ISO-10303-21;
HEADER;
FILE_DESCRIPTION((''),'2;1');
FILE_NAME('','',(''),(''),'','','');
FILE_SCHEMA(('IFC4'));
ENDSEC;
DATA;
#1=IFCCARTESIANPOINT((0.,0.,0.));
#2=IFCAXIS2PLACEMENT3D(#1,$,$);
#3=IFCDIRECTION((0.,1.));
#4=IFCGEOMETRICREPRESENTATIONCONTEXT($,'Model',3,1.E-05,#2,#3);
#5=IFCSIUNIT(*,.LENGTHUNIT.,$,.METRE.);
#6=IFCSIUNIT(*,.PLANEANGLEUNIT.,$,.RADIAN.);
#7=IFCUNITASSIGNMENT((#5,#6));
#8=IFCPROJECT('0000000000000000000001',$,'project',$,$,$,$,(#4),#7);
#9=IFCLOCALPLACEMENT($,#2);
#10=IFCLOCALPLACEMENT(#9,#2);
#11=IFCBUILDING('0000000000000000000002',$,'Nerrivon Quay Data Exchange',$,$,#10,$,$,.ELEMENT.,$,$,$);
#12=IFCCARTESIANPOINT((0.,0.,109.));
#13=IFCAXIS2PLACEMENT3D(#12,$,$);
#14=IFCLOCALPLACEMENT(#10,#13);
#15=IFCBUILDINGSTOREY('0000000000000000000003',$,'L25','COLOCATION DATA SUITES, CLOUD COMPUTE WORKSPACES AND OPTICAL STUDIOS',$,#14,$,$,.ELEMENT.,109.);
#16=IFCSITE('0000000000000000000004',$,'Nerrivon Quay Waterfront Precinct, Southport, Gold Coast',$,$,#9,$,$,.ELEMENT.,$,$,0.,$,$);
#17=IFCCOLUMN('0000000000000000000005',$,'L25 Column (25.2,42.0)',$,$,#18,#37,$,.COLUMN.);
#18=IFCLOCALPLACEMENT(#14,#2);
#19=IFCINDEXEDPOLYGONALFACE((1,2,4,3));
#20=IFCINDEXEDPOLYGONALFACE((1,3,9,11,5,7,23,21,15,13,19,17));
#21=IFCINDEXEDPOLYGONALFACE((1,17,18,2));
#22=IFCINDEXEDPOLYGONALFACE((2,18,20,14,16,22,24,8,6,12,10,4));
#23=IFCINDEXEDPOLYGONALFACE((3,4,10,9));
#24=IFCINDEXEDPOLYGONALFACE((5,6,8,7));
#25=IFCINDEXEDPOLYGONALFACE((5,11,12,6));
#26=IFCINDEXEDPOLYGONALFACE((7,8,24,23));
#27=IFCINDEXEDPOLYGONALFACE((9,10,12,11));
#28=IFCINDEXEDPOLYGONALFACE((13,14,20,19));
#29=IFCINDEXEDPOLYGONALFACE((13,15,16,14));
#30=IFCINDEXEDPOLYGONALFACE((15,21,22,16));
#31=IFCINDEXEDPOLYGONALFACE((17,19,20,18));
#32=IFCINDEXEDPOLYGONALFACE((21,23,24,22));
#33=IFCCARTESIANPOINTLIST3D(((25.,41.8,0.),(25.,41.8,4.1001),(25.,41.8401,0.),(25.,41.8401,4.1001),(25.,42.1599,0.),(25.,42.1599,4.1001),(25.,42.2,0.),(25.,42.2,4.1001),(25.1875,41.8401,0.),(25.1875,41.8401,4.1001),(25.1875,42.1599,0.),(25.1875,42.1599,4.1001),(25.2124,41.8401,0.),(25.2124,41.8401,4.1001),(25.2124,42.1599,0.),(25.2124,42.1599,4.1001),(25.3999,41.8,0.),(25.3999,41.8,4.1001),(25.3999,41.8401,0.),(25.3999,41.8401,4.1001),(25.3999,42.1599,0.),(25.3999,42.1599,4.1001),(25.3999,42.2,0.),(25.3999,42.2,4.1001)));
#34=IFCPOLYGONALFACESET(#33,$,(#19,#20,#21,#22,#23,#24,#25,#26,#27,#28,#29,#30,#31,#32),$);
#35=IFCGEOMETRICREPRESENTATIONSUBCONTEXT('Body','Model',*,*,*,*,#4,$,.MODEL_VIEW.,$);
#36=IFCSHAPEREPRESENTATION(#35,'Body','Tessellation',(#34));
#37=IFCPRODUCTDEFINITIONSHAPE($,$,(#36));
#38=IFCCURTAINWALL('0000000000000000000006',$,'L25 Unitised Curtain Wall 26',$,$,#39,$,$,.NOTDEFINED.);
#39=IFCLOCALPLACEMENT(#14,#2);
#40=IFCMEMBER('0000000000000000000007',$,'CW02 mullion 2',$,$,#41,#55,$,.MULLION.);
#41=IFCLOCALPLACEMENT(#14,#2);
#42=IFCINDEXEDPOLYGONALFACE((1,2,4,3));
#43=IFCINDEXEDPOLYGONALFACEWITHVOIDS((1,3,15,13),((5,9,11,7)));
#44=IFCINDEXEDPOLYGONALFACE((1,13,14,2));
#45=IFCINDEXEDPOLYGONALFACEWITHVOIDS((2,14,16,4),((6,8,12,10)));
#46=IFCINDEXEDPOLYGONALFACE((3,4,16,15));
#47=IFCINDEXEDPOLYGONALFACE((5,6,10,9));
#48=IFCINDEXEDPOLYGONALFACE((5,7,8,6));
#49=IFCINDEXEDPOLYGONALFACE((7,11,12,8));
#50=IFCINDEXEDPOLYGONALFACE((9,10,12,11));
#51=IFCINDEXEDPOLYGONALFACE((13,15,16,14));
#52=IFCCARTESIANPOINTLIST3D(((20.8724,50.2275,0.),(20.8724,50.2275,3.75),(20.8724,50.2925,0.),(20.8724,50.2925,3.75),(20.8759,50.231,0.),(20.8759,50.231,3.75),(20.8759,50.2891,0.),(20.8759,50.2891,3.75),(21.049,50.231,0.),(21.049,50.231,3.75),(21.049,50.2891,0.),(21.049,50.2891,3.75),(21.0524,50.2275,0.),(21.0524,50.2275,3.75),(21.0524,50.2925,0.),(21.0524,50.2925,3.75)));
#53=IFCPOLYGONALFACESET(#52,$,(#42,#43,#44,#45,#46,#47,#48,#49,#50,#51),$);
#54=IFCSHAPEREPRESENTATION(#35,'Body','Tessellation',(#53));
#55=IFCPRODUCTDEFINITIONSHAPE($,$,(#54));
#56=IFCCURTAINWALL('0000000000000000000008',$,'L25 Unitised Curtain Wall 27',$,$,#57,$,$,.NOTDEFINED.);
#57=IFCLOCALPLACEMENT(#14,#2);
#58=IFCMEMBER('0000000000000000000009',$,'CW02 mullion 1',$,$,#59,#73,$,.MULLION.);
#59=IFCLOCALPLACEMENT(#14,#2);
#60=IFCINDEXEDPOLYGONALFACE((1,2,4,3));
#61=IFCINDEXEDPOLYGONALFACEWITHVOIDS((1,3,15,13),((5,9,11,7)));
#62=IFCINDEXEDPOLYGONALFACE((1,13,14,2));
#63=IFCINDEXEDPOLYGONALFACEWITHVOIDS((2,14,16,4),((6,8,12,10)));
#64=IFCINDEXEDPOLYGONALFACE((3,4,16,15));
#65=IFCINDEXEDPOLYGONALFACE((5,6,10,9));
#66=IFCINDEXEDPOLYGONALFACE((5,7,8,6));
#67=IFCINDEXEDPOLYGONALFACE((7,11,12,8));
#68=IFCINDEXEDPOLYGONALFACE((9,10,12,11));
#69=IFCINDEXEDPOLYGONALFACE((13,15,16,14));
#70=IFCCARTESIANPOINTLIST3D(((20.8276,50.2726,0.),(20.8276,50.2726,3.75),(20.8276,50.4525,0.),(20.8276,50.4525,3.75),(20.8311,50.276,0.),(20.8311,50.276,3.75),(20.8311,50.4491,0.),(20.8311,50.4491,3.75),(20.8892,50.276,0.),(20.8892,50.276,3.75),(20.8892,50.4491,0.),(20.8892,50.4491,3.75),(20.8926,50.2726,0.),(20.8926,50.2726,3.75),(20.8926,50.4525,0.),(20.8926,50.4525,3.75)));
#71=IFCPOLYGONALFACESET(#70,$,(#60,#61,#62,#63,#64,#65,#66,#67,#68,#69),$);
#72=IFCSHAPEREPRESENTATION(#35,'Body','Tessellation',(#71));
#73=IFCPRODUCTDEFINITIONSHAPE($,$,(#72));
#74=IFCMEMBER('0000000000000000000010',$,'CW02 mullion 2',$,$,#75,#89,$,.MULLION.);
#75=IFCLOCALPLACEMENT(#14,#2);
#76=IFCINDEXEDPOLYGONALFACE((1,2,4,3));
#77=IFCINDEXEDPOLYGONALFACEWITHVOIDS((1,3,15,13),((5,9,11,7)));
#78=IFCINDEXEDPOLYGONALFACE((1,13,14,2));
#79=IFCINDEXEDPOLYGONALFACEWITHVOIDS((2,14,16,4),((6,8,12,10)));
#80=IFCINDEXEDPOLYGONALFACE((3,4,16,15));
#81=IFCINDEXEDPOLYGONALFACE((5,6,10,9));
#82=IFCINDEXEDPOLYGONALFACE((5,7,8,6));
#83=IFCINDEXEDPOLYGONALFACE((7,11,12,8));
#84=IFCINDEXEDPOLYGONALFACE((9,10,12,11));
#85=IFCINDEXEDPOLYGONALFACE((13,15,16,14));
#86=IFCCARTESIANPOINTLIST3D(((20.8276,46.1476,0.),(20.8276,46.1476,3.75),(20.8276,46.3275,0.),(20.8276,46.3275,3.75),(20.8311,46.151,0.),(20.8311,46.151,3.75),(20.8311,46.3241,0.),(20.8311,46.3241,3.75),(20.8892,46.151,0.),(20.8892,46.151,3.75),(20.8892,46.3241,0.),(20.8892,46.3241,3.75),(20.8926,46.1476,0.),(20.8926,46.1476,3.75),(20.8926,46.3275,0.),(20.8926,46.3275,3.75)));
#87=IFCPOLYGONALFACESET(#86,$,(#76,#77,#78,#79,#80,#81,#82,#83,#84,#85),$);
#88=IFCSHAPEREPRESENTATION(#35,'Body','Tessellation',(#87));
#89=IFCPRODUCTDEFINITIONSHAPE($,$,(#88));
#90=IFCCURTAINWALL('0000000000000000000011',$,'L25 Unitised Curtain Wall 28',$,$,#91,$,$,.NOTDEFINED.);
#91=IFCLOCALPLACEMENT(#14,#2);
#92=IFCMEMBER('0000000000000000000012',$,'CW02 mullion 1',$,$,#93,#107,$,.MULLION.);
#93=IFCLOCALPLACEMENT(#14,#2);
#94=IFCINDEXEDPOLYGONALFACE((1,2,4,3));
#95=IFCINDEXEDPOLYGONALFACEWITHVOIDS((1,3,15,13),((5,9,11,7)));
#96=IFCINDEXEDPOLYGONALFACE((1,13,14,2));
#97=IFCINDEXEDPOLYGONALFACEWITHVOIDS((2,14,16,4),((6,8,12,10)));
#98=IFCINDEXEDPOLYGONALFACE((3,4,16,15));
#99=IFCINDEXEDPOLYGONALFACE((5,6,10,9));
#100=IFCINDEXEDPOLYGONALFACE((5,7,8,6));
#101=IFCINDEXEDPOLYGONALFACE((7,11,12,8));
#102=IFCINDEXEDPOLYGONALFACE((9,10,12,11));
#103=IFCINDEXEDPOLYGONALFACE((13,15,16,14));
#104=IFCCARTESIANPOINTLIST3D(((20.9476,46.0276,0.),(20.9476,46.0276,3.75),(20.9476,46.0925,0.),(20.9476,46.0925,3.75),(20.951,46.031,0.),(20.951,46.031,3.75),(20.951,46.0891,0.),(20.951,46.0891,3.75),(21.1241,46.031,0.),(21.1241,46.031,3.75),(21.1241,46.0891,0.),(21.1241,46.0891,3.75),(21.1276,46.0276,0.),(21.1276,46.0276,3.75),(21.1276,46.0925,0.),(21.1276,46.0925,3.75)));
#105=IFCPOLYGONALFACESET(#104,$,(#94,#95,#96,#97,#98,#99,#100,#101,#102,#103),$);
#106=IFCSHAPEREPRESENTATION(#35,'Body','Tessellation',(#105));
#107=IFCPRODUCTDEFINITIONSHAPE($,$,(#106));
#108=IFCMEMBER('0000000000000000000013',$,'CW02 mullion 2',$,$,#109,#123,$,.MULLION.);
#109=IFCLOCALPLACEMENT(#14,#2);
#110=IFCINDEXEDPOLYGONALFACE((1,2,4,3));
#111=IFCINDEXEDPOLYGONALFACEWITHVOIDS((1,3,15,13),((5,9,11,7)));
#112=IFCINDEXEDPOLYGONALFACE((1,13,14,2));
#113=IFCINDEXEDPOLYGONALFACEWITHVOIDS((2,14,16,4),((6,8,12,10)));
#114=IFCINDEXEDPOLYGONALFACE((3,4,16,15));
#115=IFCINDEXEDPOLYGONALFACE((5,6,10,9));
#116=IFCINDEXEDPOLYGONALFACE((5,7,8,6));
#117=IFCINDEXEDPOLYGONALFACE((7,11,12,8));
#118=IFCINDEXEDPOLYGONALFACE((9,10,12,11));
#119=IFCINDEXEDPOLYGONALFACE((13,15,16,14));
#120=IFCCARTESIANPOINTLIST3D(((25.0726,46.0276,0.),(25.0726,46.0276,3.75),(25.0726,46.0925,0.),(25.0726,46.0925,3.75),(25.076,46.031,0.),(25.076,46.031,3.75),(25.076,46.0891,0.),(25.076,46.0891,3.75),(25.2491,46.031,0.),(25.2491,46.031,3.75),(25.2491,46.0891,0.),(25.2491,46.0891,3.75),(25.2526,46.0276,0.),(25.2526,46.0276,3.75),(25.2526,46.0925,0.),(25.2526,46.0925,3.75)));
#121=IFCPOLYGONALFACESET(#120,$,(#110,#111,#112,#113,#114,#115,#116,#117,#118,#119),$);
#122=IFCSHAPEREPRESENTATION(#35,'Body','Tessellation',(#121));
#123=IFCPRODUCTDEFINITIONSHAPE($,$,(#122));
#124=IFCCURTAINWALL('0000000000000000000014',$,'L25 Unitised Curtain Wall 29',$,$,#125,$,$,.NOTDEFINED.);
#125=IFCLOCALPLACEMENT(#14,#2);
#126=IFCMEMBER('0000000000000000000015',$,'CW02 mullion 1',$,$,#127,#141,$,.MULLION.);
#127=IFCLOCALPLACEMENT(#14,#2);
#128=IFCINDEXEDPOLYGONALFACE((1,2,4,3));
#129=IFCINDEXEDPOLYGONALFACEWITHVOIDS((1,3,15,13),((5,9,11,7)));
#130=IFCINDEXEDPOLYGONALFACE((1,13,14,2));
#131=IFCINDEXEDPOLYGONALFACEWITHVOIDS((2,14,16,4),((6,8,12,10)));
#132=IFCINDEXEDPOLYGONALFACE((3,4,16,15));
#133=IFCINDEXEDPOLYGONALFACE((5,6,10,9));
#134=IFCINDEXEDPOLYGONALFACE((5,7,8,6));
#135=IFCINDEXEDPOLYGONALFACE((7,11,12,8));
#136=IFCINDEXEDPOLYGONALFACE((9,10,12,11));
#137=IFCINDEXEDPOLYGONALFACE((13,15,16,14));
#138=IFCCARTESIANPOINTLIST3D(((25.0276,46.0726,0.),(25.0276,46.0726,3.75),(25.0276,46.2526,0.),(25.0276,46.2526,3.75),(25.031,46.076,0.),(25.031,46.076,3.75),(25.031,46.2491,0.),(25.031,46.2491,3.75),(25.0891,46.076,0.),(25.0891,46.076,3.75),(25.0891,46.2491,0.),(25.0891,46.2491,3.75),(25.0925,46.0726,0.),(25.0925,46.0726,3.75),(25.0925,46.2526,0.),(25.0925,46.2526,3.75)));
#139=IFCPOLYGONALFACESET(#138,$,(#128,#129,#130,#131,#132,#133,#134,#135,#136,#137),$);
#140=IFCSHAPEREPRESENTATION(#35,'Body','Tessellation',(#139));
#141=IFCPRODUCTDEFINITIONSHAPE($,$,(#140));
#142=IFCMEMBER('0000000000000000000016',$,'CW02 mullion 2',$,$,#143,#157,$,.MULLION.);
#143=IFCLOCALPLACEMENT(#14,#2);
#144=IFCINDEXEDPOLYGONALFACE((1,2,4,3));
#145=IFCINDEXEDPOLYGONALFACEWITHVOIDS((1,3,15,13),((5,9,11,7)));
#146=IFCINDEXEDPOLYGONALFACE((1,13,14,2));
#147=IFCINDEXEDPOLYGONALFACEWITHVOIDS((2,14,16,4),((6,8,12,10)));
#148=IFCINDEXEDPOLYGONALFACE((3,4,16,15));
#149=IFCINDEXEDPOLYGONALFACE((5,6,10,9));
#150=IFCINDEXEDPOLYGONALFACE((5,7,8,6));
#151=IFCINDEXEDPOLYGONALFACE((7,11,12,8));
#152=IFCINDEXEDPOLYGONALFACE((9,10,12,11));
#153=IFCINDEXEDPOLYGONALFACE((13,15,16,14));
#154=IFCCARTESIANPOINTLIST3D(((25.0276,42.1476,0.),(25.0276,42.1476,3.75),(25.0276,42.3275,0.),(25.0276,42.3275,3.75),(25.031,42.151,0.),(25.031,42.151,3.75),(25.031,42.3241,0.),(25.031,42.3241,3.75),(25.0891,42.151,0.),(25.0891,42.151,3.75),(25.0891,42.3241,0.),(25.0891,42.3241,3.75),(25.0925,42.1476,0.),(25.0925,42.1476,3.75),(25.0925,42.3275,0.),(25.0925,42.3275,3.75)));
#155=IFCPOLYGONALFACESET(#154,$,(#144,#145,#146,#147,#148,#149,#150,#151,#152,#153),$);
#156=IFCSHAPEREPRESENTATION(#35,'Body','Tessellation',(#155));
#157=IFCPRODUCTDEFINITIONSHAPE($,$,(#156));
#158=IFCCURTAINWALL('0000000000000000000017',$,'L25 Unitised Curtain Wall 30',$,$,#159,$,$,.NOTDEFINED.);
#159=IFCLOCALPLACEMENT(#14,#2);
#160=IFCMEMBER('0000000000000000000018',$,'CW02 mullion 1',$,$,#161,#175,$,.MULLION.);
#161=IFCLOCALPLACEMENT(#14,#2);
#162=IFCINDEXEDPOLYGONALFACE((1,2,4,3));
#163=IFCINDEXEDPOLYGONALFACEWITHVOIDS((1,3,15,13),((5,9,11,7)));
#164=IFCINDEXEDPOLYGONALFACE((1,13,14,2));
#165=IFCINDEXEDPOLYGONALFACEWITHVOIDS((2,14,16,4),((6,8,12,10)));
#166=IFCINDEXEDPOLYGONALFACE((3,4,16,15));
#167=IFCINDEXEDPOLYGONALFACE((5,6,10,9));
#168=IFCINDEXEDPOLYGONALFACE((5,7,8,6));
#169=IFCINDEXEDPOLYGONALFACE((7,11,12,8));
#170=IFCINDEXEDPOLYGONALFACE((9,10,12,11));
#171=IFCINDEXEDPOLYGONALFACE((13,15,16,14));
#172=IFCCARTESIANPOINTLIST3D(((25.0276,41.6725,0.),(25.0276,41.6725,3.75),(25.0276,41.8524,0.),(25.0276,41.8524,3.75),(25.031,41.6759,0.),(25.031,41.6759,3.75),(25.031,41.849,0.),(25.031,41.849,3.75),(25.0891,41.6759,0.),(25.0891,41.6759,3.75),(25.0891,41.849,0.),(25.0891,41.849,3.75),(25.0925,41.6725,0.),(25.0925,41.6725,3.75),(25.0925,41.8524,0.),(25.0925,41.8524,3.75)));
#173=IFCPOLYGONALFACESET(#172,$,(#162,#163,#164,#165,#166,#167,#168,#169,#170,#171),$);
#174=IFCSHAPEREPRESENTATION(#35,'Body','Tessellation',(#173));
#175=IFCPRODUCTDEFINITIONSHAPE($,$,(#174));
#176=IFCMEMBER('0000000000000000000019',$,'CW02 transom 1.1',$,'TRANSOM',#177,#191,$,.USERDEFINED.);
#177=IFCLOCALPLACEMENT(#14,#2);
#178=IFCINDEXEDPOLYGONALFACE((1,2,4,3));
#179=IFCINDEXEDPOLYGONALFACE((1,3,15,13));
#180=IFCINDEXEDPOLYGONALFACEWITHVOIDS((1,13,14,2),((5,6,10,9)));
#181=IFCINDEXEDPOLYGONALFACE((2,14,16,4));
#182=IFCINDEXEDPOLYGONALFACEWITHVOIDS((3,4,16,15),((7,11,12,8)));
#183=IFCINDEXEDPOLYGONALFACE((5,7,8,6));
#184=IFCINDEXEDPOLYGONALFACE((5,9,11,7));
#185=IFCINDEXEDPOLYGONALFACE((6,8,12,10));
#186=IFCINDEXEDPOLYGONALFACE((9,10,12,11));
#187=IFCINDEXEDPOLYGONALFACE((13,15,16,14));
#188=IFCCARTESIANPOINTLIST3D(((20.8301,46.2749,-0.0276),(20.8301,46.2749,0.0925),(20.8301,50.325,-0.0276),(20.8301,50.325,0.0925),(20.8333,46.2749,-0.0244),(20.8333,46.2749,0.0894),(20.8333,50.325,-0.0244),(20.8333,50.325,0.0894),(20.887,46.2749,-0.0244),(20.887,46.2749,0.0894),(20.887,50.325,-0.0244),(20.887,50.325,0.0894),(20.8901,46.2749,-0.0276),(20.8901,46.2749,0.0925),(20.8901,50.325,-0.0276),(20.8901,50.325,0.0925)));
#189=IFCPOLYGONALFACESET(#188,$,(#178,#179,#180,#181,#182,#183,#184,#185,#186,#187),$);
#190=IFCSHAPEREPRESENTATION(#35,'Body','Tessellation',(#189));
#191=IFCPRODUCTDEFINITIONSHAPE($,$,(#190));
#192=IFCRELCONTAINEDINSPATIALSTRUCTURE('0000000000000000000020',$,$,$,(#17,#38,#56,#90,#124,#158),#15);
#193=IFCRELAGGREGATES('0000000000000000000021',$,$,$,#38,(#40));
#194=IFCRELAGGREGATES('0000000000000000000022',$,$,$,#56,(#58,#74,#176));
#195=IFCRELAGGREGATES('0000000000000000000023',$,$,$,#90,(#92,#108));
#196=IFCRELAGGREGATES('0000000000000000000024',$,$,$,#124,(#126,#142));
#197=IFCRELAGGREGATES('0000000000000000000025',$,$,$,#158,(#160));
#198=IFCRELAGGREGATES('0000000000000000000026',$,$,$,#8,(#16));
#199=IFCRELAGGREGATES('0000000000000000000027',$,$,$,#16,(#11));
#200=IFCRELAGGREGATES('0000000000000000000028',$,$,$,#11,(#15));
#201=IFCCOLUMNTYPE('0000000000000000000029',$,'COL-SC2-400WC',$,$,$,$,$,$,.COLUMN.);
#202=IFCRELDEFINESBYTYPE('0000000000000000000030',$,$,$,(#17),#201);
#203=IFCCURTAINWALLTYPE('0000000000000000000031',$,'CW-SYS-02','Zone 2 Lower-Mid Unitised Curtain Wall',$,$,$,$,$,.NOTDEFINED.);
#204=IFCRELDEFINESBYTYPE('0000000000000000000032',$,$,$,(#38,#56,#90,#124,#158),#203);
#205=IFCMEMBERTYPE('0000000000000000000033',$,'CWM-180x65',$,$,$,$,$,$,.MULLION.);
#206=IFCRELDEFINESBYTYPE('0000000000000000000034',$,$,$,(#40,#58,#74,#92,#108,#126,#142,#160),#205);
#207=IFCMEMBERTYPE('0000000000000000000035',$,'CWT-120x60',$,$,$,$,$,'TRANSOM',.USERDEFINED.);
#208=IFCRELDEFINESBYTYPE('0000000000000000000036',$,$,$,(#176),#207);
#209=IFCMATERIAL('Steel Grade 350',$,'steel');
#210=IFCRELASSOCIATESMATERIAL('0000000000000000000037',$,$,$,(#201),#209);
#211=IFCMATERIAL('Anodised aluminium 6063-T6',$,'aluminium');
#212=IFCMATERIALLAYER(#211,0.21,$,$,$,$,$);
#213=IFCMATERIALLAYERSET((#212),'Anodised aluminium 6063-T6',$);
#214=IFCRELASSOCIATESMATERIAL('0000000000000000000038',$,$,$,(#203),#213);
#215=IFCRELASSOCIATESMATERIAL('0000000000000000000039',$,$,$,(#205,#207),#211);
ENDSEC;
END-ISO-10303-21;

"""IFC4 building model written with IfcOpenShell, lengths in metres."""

from ifc_helpers import new_model, si_unit, direction, frame, origin, origin_2d, place, context, subcontext, project, spatial, hollow_rectangle, i_section, extrude, material, layer, layer_set, material_profile, profile_set, type_object, element, aggregate, save


model = new_model("IFC4")

# Units and contexts
model_context = context("Model", 3, precision=1e-05, world=origin(), true_north=direction((0.0, 1.0)))
body_context = subcontext(model_context, "Body", "Model", "MODEL_VIEW")
ifc_project = project(units=[si_unit("LENGTHUNIT", "METRE"), si_unit("PLANEANGLEUNIT", "RADIAN")], contexts=[model_context])

# Site, building, storey
site_placement = place(None, origin())
site = spatial("IfcSite", under=ifc_project, at=site_placement, Name="Nerrivon Quay Waterfront Precinct, Southport, Gold Coast", CompositionType="ELEMENT", RefElevation=0.0)
building_placement = place(site_placement, origin())
building = spatial("IfcBuilding", under=site, at=building_placement, Name="Nerrivon Quay Data Exchange", CompositionType="ELEMENT")
storey_placement = place(building_placement, frame((0.0, 0.0, 109.0)))
storey = spatial("IfcBuildingStorey", under=building, at=storey_placement, Name="L25", Description="COLOCATION DATA SUITES, CLOUD COMPUTE WORKSPACES AND OPTICAL STUDIOS", CompositionType="ELEMENT", Elevation=109.0)

# Column
ifc_material_1 = material(Name="Steel Grade 350", Category="steel")
ifc_material_profile_1 = material_profile(ifc_material_1, i_section(OverallWidth=0.3999, OverallDepth=0.3999, WebThickness=0.0249, FlangeThickness=0.04, at=origin_2d()), Name="400WC328")
ifc_profile_set_1 = profile_set([ifc_material_profile_1], Name="Steel Grade 350")
column_type = type_object("IfcColumnType", Name="COL-SC2-400WC", PredefinedType="COLUMN", material=ifc_profile_set_1)
column_placement = place(storey_placement, frame((25.2, 42.0, 0.0), z_axis=(0.0, 0.0, 1.0), x_axis=(1.0, 0.0, 0.0)))
element("IfcColumn", 1, at=column_placement, inside=storey, type_object=column_type, Name="L25 Column (25.2,42.0)", PredefinedType="COLUMN", context=body_context, shape_type="SweptSolid", body=[
    extrude(i_section(OverallWidth=0.3999, OverallDepth=0.3999, WebThickness=0.0249, FlangeThickness=0.04, at=origin_2d()), origin(), (0.0, 0.0, 1.0), 4.1001),
])

# Curtain wall, member
ifc_material_2 = material(Name="Anodised aluminium 6063-T6", Category="aluminium")
ifc_layer_1 = layer(ifc_material_2, 0.21)
ifc_layer_set_1 = layer_set([ifc_layer_1], Name="Anodised aluminium 6063-T6")
curtain_wall_type = type_object("IfcCurtainWallType", Name="CW-SYS-02", Description="Zone 2 Lower-Mid Unitised Curtain Wall", PredefinedType="NOTDEFINED", material=ifc_layer_set_1)
curtain_wall_1_placement = place(storey_placement, origin())
curtain_wall_1 = element("IfcCurtainWall", 2, at=curtain_wall_1_placement, inside=storey, type_object=curtain_wall_type, Name="L25 Unitised Curtain Wall 26", PredefinedType="NOTDEFINED")
ifc_material_profile_2 = material_profile(ifc_material_2, hollow_rectangle(XDim=0.0649, YDim=0.1799, WallThickness=0.0034, at=origin_2d()), Name="ALU-MULL-180x65")
ifc_profile_set_2 = profile_set([ifc_material_profile_2], Name="Anodised aluminium 6063-T6")
member_type_1 = type_object("IfcMemberType", Name="CWM-180x65", PredefinedType="MULLION", material=ifc_profile_set_2)
member_1_placement = place(storey_placement, frame((20.9624, 50.26, 0.0), z_axis=(0.0, 0.0, 1.0), x_axis=(0.0, 1.0, 0.0)))
member_1 = element("IfcMember", 3, at=member_1_placement, type_object=member_type_1, Name="CW02 mullion 2", PredefinedType="MULLION", context=body_context, shape_type="SweptSolid", body=[
    extrude(hollow_rectangle(XDim=0.0649, YDim=0.1799, WallThickness=0.0034, at=origin_2d()), origin(), (0.0, 0.0, 1.0), 3.75),
])

# Curtain walls, members
curtain_wall_2_placement = place(storey_placement, origin())
curtain_wall_2 = element("IfcCurtainWall", 4, at=curtain_wall_2_placement, inside=storey, type_object=curtain_wall_type, Name="L25 Unitised Curtain Wall 27", PredefinedType="NOTDEFINED")
member_2_placement = place(storey_placement, frame((20.8601, 50.3625, 0.0), z_axis=(0.0, 0.0, 1.0), x_axis=(1.0, 0.0, 0.0)))
member_2 = element("IfcMember", 5, at=member_2_placement, type_object=member_type_1, Name="CW02 mullion 1", PredefinedType="MULLION", context=body_context, shape_type="SweptSolid", body=[
    extrude(hollow_rectangle(XDim=0.0649, YDim=0.1799, WallThickness=0.0034, at=origin_2d()), origin(), (0.0, 0.0, 1.0), 3.75),
])
member_3_placement = place(storey_placement, frame((20.8601, 46.2375, 0.0), z_axis=(0.0, 0.0, 1.0), x_axis=(1.0, 0.0, 0.0)))
member_3 = element("IfcMember", 6, at=member_3_placement, type_object=member_type_1, Name="CW02 mullion 2", PredefinedType="MULLION", context=body_context, shape_type="SweptSolid", body=[
    extrude(hollow_rectangle(XDim=0.0649, YDim=0.1799, WallThickness=0.0034, at=origin_2d()), origin(), (0.0, 0.0, 1.0), 3.75),
])
curtain_wall_3_placement = place(storey_placement, origin())
curtain_wall_3 = element("IfcCurtainWall", 7, at=curtain_wall_3_placement, inside=storey, type_object=curtain_wall_type, Name="L25 Unitised Curtain Wall 28", PredefinedType="NOTDEFINED")
member_4_placement = place(storey_placement, frame((21.0376, 46.0601, 0.0), z_axis=(0.0, 0.0, 1.0), x_axis=(0.0, 1.0, 0.0)))
member_4 = element("IfcMember", 8, at=member_4_placement, type_object=member_type_1, Name="CW02 mullion 1", PredefinedType="MULLION", context=body_context, shape_type="SweptSolid", body=[
    extrude(hollow_rectangle(XDim=0.0649, YDim=0.1799, WallThickness=0.0034, at=origin_2d()), origin(), (0.0, 0.0, 1.0), 3.75),
])
member_5_placement = place(storey_placement, frame((25.1626, 46.0601, 0.0), z_axis=(0.0, 0.0, 1.0), x_axis=(0.0, 1.0, 0.0)))
member_5 = element("IfcMember", 9, at=member_5_placement, type_object=member_type_1, Name="CW02 mullion 2", PredefinedType="MULLION", context=body_context, shape_type="SweptSolid", body=[
    extrude(hollow_rectangle(XDim=0.0649, YDim=0.1799, WallThickness=0.0034, at=origin_2d()), origin(), (0.0, 0.0, 1.0), 3.75),
])
curtain_wall_4_placement = place(storey_placement, origin())
curtain_wall_4 = element("IfcCurtainWall", 10, at=curtain_wall_4_placement, inside=storey, type_object=curtain_wall_type, Name="L25 Unitised Curtain Wall 29", PredefinedType="NOTDEFINED")
member_6_placement = place(storey_placement, frame((25.0601, 46.1626, 0.0), z_axis=(0.0, 0.0, 1.0), x_axis=(1.0, 0.0, 0.0)))
member_6 = element("IfcMember", 11, at=member_6_placement, type_object=member_type_1, Name="CW02 mullion 1", PredefinedType="MULLION", context=body_context, shape_type="SweptSolid", body=[
    extrude(hollow_rectangle(XDim=0.0649, YDim=0.1799, WallThickness=0.0034, at=origin_2d()), origin(), (0.0, 0.0, 1.0), 3.75),
])
member_7_placement = place(storey_placement, frame((25.0601, 42.2375, 0.0), z_axis=(0.0, 0.0, 1.0), x_axis=(1.0, 0.0, 0.0)))
member_7 = element("IfcMember", 12, at=member_7_placement, type_object=member_type_1, Name="CW02 mullion 2", PredefinedType="MULLION", context=body_context, shape_type="SweptSolid", body=[
    extrude(hollow_rectangle(XDim=0.0649, YDim=0.1799, WallThickness=0.0034, at=origin_2d()), origin(), (0.0, 0.0, 1.0), 3.75),
])

# Curtain wall, member
curtain_wall_5_placement = place(storey_placement, origin())
curtain_wall_5 = element("IfcCurtainWall", 13, at=curtain_wall_5_placement, inside=storey, type_object=curtain_wall_type, Name="L25 Unitised Curtain Wall 30", PredefinedType="NOTDEFINED")
member_8_placement = place(storey_placement, frame((25.0601, 41.7625, 0.0), z_axis=(0.0, 0.0, 1.0), x_axis=(1.0, 0.0, 0.0)))
member_8 = element("IfcMember", 14, at=member_8_placement, type_object=member_type_1, Name="CW02 mullion 1", PredefinedType="MULLION", context=body_context, shape_type="SweptSolid", body=[
    extrude(hollow_rectangle(XDim=0.0649, YDim=0.1799, WallThickness=0.0034, at=origin_2d()), origin(), (0.0, 0.0, 1.0), 3.75),
])

# Member
ifc_material_profile_3 = material_profile(ifc_material_2, hollow_rectangle(XDim=0.0601, YDim=0.1201, WallThickness=0.0032, at=origin_2d()), Name="ALU-TRAN-120x60")
ifc_profile_set_3 = profile_set([ifc_material_profile_3], Name="Anodised aluminium 6063-T6")
member_type_2 = type_object("IfcMemberType", Name="CWT-120x60", ElementType="TRANSOM", PredefinedType="USERDEFINED", material=ifc_profile_set_3)
member_9_placement = place(storey_placement, frame((20.8601, 50.325, 0.0325), z_axis=(0.0, -1.0, 0.0), x_axis=(1.0, 0.0, 0.0)))
member_9 = element("IfcMember", 15, at=member_9_placement, type_object=member_type_2, Name="CW02 transom 1.1", ObjectType="TRANSOM", PredefinedType="USERDEFINED", context=body_context, shape_type="SweptSolid", body=[
    extrude(hollow_rectangle(XDim=0.0601, YDim=0.1201, WallThickness=0.0032, at=origin_2d()), origin(), (0.0, 0.0, 1.0), 4.05),
])

aggregate(curtain_wall_1, [member_1])
aggregate(curtain_wall_2, [member_2, member_3, member_9])
aggregate(curtain_wall_3, [member_4, member_5])
aggregate(curtain_wall_4, [member_6, member_7])
aggregate(curtain_wall_5, [member_8])

save(model, "model.ifc")
